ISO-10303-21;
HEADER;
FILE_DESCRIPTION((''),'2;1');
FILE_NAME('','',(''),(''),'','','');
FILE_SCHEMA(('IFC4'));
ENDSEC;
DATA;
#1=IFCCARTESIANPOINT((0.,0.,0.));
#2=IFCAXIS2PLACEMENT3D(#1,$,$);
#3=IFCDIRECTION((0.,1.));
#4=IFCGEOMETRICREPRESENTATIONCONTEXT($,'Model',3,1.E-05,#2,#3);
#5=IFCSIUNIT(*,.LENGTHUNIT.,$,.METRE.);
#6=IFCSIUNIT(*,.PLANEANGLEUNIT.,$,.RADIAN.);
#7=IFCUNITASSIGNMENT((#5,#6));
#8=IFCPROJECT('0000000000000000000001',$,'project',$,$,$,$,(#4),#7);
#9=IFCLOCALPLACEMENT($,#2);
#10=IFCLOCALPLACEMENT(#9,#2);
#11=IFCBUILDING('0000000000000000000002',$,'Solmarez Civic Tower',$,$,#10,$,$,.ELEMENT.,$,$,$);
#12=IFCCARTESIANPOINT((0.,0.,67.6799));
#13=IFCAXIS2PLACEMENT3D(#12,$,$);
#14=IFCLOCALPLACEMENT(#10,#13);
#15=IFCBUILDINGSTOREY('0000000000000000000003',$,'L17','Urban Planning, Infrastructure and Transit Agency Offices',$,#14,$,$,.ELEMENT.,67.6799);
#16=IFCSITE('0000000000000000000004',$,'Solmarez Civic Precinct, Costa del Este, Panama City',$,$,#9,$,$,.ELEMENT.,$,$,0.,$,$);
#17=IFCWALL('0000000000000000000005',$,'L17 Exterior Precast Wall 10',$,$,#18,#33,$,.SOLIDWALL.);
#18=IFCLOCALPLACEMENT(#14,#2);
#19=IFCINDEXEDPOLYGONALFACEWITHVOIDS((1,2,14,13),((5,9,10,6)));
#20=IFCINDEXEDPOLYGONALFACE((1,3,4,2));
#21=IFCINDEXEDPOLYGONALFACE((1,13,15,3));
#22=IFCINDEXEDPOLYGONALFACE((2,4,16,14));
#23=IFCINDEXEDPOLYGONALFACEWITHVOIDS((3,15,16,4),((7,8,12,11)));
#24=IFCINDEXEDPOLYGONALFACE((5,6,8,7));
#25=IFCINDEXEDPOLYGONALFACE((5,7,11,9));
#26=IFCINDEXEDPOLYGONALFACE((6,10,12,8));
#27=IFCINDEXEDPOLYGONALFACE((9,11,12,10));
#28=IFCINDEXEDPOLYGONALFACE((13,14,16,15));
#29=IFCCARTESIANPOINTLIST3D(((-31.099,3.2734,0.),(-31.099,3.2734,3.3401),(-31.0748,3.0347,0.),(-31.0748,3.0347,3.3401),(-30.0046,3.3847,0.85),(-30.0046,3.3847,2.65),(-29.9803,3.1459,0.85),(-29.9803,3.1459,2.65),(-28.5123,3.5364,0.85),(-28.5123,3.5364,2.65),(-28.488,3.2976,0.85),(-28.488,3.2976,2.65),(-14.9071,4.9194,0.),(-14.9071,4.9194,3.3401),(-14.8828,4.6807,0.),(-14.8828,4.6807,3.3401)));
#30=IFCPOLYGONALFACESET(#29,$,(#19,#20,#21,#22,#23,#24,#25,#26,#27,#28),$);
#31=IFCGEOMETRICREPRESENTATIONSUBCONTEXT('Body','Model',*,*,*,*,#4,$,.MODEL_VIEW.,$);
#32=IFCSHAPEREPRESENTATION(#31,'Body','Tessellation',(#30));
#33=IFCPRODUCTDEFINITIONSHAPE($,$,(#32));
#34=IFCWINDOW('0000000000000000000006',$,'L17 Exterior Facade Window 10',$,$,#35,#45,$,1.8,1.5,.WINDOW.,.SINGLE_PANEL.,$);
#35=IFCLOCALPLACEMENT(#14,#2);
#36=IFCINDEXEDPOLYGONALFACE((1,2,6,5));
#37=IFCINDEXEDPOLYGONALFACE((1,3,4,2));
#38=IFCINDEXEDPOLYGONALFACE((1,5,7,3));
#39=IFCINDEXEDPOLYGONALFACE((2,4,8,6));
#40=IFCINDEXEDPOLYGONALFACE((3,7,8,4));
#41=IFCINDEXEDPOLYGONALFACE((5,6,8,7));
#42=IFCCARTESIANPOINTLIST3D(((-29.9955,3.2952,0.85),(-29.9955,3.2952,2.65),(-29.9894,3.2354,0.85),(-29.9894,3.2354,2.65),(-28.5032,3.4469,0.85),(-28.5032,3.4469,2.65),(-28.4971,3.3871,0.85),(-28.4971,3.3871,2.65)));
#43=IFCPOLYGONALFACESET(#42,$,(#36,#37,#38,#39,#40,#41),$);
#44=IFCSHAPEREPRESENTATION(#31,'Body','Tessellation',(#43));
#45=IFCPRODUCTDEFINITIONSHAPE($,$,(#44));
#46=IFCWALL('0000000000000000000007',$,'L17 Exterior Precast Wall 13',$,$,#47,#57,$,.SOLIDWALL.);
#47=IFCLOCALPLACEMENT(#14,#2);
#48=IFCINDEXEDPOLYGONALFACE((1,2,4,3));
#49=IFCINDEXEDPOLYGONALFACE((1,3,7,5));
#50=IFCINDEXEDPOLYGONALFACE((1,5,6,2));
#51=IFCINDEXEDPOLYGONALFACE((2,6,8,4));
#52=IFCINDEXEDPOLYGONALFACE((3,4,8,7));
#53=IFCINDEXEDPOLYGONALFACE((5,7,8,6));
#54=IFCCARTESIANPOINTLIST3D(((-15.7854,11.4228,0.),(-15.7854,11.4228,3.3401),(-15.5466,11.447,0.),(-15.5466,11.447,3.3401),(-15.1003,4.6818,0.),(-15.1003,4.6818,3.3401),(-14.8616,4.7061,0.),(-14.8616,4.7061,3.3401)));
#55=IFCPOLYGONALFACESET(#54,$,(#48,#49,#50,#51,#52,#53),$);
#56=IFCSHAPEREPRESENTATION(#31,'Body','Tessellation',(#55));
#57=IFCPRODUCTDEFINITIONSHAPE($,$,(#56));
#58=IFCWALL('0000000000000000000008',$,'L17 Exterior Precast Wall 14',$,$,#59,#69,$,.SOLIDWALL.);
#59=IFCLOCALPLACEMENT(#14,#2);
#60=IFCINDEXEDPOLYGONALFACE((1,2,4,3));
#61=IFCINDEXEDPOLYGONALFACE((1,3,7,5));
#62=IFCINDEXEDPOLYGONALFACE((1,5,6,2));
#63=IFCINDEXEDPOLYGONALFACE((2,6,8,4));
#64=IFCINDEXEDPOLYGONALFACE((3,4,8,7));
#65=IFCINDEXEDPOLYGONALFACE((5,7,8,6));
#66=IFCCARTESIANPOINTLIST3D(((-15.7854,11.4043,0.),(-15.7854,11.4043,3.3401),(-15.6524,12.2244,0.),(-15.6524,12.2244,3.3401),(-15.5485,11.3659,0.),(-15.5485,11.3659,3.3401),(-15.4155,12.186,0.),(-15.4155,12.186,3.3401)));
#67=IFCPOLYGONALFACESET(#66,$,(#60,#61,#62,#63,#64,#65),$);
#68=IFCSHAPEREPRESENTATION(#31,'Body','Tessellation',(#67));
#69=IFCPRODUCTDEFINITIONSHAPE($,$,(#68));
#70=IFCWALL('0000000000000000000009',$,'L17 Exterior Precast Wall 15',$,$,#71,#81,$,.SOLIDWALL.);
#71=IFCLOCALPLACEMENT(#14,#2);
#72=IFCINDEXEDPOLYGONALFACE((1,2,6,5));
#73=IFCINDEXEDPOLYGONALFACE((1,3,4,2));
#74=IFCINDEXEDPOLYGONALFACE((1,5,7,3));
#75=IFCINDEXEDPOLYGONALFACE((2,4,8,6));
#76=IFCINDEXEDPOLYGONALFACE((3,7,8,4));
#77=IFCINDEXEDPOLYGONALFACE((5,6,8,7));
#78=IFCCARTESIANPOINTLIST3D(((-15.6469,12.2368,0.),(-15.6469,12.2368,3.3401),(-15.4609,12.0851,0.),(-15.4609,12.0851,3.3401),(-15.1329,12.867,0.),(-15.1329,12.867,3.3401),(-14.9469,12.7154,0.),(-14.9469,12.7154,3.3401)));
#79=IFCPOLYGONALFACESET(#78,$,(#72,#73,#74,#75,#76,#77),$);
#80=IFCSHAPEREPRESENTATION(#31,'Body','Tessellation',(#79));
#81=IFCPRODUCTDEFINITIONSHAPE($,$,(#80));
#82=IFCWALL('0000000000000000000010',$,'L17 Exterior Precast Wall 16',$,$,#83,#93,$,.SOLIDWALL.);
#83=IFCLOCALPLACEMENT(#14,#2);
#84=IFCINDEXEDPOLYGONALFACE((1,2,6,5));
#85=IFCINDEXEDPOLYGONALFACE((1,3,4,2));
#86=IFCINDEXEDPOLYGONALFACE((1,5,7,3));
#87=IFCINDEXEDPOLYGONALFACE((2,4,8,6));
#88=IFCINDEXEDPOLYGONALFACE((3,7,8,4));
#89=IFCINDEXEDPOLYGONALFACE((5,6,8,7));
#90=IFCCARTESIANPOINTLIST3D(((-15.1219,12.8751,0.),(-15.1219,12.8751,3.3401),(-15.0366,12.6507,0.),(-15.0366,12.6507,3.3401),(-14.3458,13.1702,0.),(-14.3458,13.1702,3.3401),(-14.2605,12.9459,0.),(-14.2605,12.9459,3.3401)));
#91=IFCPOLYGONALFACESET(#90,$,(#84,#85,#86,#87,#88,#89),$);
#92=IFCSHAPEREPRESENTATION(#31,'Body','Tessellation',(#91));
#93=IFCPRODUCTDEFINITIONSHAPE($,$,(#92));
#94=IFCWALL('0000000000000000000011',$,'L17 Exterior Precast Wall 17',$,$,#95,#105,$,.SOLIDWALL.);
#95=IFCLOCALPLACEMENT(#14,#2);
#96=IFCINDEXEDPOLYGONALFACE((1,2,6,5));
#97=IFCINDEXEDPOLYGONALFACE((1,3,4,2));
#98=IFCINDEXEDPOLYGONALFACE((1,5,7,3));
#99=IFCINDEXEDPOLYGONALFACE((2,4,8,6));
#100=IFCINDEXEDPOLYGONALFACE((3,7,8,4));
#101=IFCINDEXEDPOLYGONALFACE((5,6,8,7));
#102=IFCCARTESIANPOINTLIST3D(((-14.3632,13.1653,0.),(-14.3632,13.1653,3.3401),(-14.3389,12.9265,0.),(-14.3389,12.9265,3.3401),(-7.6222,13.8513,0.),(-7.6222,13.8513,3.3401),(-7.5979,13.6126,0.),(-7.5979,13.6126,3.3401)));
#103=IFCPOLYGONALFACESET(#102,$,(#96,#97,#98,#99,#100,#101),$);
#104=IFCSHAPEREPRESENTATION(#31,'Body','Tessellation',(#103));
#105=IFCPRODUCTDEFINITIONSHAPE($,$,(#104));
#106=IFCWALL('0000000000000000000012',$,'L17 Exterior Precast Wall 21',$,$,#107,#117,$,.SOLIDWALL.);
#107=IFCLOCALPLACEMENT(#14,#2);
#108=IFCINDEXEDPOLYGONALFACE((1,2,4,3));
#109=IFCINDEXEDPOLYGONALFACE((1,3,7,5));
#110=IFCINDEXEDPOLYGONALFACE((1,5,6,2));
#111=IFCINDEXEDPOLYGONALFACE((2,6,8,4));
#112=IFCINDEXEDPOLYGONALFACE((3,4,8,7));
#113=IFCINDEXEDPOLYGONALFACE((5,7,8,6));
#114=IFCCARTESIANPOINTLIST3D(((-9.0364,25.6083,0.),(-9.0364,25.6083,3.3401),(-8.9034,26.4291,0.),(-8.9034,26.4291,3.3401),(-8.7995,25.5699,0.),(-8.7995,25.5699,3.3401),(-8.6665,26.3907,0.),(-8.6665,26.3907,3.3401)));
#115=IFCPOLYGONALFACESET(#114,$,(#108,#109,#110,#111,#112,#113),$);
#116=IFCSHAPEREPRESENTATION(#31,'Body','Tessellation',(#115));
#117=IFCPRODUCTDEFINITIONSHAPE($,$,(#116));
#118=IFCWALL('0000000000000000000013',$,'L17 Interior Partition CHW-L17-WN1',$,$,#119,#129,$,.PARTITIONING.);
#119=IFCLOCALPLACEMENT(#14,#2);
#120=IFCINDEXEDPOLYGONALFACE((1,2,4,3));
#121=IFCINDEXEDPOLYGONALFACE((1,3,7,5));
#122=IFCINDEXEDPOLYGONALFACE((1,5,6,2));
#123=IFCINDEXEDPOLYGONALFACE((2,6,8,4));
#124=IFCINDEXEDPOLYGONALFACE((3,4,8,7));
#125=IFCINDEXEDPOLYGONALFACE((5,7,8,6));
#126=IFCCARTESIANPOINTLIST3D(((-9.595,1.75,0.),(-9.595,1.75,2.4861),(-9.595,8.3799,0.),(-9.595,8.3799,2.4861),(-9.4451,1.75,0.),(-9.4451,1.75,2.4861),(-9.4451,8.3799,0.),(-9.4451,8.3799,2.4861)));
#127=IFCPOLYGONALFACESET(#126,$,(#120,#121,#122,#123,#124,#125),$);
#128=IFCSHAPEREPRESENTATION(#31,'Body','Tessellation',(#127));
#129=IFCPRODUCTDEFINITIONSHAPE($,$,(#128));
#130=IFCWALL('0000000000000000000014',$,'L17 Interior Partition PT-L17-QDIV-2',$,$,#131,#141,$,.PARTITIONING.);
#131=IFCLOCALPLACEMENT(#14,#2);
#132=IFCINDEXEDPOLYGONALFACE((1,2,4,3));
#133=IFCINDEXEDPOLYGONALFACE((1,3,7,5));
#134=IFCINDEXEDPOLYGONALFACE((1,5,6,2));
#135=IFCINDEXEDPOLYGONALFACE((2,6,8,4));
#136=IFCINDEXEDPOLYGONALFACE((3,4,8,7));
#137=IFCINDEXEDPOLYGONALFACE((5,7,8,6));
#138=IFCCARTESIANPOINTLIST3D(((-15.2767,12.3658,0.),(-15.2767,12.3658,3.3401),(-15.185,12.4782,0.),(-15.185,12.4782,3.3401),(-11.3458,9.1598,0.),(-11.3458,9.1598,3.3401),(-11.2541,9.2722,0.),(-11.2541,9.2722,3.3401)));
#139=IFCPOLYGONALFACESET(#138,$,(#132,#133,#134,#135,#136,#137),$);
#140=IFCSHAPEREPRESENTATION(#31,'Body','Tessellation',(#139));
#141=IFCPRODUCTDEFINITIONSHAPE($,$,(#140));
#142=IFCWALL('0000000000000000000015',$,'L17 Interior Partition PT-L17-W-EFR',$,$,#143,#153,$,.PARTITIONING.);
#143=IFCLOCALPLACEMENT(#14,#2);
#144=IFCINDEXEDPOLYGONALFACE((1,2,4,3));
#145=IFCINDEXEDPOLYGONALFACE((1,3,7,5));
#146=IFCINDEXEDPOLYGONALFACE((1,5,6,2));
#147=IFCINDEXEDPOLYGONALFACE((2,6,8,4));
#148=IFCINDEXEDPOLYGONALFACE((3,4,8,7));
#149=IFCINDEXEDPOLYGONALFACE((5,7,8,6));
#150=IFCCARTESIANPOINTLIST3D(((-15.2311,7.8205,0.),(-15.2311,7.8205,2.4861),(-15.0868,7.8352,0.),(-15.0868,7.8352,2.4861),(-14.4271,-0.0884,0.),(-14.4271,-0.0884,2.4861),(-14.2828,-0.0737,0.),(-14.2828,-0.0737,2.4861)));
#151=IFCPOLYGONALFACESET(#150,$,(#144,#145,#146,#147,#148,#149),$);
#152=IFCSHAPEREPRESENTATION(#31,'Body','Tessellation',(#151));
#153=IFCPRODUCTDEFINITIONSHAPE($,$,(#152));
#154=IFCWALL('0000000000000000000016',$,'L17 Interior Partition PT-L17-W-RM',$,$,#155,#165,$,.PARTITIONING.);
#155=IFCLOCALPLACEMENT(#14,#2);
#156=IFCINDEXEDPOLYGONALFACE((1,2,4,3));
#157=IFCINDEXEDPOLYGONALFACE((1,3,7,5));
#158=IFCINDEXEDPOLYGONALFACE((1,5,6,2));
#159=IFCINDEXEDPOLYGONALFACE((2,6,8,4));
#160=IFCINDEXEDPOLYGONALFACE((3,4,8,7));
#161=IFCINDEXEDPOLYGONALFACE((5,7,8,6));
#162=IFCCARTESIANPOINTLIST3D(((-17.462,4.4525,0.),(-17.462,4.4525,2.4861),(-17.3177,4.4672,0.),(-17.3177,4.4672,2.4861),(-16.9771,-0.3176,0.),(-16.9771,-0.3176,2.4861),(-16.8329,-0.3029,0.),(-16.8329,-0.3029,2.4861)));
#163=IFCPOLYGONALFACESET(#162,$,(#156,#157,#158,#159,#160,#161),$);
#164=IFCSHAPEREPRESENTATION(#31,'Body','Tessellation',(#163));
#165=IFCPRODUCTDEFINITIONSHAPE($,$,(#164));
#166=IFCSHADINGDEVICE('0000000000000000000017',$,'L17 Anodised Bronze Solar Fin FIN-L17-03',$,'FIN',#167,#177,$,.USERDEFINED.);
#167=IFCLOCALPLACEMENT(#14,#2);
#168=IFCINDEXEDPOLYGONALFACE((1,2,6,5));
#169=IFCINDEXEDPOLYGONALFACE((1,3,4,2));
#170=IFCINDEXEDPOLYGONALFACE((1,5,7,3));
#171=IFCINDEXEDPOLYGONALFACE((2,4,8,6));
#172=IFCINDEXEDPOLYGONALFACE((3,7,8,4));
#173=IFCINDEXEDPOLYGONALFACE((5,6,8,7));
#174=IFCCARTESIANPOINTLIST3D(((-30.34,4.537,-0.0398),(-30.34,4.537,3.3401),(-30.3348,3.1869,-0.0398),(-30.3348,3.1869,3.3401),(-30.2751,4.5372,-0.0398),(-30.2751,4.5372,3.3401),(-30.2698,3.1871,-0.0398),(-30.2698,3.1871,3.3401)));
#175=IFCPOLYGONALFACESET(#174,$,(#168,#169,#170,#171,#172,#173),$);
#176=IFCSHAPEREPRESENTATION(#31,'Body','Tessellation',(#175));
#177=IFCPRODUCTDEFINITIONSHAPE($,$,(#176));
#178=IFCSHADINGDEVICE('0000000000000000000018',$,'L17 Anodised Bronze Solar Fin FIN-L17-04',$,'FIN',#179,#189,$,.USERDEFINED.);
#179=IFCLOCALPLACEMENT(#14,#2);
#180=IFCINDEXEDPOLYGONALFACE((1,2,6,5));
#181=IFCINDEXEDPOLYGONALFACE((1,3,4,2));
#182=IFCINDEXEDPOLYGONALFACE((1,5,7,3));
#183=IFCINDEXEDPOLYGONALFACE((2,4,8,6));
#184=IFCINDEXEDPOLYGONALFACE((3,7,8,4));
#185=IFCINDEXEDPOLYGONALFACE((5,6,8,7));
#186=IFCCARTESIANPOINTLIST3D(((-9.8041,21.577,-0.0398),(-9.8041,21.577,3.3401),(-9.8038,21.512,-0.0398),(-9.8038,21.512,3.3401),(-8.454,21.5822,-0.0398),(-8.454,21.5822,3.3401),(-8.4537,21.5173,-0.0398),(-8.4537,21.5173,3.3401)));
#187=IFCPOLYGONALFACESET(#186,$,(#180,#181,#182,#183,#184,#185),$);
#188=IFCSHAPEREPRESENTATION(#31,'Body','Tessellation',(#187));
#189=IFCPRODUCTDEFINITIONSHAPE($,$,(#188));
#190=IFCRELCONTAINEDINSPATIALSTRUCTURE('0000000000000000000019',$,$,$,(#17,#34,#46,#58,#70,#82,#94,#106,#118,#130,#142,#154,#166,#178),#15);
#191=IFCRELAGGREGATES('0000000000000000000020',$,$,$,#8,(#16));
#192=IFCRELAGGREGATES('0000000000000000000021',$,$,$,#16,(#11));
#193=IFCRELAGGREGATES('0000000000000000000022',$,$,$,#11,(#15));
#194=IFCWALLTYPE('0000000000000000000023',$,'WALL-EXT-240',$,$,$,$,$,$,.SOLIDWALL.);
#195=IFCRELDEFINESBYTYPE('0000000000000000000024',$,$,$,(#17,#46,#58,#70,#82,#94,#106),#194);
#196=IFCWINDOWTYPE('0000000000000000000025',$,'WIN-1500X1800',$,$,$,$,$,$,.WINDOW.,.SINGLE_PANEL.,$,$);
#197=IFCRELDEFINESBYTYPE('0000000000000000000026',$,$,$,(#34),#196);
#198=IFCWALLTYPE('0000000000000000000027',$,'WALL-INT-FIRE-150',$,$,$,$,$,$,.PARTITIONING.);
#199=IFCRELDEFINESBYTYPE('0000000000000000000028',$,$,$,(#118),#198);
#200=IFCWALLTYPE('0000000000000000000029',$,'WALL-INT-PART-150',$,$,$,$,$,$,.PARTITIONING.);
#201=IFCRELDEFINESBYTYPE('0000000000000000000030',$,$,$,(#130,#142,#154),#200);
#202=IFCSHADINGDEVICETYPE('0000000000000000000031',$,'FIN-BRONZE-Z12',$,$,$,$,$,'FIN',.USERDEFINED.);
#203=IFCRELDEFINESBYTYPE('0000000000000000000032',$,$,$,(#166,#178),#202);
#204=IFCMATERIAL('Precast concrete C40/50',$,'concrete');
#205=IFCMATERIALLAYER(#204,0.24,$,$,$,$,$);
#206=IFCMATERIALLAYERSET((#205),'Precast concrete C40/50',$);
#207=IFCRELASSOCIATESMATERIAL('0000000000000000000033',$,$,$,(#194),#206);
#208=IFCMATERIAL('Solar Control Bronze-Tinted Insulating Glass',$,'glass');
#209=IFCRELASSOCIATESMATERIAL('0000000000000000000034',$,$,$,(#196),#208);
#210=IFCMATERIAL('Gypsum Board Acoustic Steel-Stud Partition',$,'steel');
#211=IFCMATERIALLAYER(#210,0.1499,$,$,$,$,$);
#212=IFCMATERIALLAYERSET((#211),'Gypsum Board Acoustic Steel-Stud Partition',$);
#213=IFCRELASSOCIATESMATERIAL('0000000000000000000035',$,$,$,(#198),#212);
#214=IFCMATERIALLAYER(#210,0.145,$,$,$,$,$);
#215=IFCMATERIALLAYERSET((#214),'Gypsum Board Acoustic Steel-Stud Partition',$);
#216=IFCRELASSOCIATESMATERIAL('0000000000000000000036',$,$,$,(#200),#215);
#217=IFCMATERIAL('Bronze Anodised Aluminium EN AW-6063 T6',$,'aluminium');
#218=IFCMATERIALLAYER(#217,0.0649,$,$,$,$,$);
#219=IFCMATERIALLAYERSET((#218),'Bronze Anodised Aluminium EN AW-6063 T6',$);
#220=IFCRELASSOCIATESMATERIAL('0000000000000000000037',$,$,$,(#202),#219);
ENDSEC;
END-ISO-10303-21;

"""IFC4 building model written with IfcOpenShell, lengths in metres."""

from ifc_helpers import new_model, si_unit, direction, frame, frame_2d, origin, origin_2d, place, context, subcontext, project, spatial, rectangle, extrude, material, layer, layer_set, type_object, element, fill, save


model = new_model("IFC4")

# Units and contexts
model_context = context("Model", 3, precision=1e-05, world=origin(), true_north=direction((0.0, 1.0)))
body_context = subcontext(model_context, "Body", "Model", "MODEL_VIEW")
ifc_project = project(units=[si_unit("LENGTHUNIT", "METRE"), si_unit("PLANEANGLEUNIT", "RADIAN")], contexts=[model_context])

# Site, building, storey
site_placement = place(None, origin())
site = spatial("IfcSite", under=ifc_project, at=site_placement, Name="Solmarez Civic Precinct, Costa del Este, Panama City", CompositionType="ELEMENT", RefElevation=0.0)
building_placement = place(site_placement, origin())
building = spatial("IfcBuilding", under=site, at=building_placement, Name="Solmarez Civic Tower", CompositionType="ELEMENT")
storey_placement = place(building_placement, frame((0.0, 0.0, 67.6799)))
storey = spatial("IfcBuildingStorey", under=building, at=storey_placement, Name="L17", Description="Urban Planning, Infrastructure and Transit Agency Offices", CompositionType="ELEMENT", Elevation=67.6799)

# Shared definitions
ifc_material_1 = material(Name="Bronze Anodised Aluminium EN AW-6063 T6", Category="aluminium")

# Shared definitions
ifc_material_2 = material(Name="Precast concrete C40/50", Category="concrete")
ifc_layer_1 = layer(ifc_material_2, 0.24)
ifc_layer_set_1 = layer_set([ifc_layer_1], Name="Precast concrete C40/50")
wall_type_1 = type_object("IfcWallType", Name="WALL-EXT-240", PredefinedType="SOLIDWALL", material=ifc_layer_set_1)

# Wall, opening, window
wall_1_placement = place(storey_placement, frame((-31.0869, 3.1541, 0.0), z_axis=(0.0, 0.0, 1.0), x_axis=(0.994873, 0.101134, 0.0)))
wall_1 = element("IfcWall", 1, at=wall_1_placement, inside=storey, type_object=wall_type_1, Name="L17 Exterior Precast Wall 10", PredefinedType="SOLIDWALL", context=body_context, shape_type="SweptSolid", body=[
    extrude(rectangle(XDim=16.2754, YDim=0.24, at=frame_2d((8.1377, 0.0))), origin(), (0.0, 0.0, 1.0), 3.3401),
])
opening_placement = place(wall_1_placement, frame((1.1001, 0.0, 0.8501)))
opening = element("IfcOpeningElement", 2, at=opening_placement, cuts=wall_1, PredefinedType="OPENING", context=body_context, shape_type="SweptSolid", body=[
    extrude(rectangle(XDim=1.5, YDim=1.8, at=frame_2d((0.75, 0.8999))), frame((0.0, 0.1299, 0.0), z_axis=(0.0, -1.0, 0.0), x_axis=(1.0, 0.0, 0.0)), (0.0, 0.0, 1.0), 0.26),
])
ifc_material_3 = material(Name="Solar Control Bronze-Tinted Insulating Glass", Category="glass")
window_type = type_object("IfcWindowType", Name="WIN-1500X1800", PartitioningType="SINGLE_PANEL", PredefinedType="WINDOW", material=ifc_material_3)
window_placement = place(opening_placement, origin())
window = element("IfcWindow", 3, at=window_placement, inside=storey, type_object=window_type, Name="L17 Exterior Facade Window 10", OverallHeight=1.8, OverallWidth=1.5, PartitioningType="SINGLE_PANEL", PredefinedType="WINDOW", context=body_context, shape_type="SweptSolid", body=[
    extrude(rectangle(XDim=1.5, YDim=1.8, at=frame_2d((0.75, 0.8999))), frame((0.0, 0.03, 0.0), z_axis=(0.0, -1.0, 0.0), x_axis=(1.0, 0.0, 0.0)), (0.0, 0.0, 1.0), 0.0601),
])
fill(opening, window)

# Walls
wall_2_placement = place(storey_placement, frame((-14.981, 4.6941, 0.0), z_axis=(0.0, 0.0, 1.0), x_axis=(-0.101105, 0.994876, 0.0)))
element("IfcWall", 4, at=wall_2_placement, inside=storey, type_object=wall_type_1, Name="L17 Exterior Precast Wall 13", PredefinedType="SOLIDWALL", context=body_context, shape_type="SweptSolid", body=[
    extrude(rectangle(XDim=6.7756, YDim=0.24, at=frame_2d((3.3877, 0.0))), origin(), (0.0, 0.0, 1.0), 3.3401),
])
wall_3_placement = place(storey_placement, frame((-15.667, 11.385, 0.0), z_axis=(0.0, 0.0, 1.0), x_axis=(0.160156, 0.987092, 0.0)))
element("IfcWall", 5, at=wall_3_placement, inside=storey, type_object=wall_type_1, Name="L17 Exterior Precast Wall 14", PredefinedType="SOLIDWALL", context=body_context, shape_type="SweptSolid", body=[
    extrude(rectangle(XDim=0.8308, YDim=0.24, at=frame_2d((0.4155, 0.0))), origin(), (0.0, 0.0, 1.0), 3.3401),
])
wall_4_placement = place(storey_placement, frame((-15.554, 12.1609, 0.0), z_axis=(0.0, 0.0, 1.0), x_axis=(0.632027, 0.774946, 0.0)))
element("IfcWall", 6, at=wall_4_placement, inside=storey, type_object=wall_type_1, Name="L17 Exterior Precast Wall 15", PredefinedType="SOLIDWALL", context=body_context, shape_type="SweptSolid", body=[
    extrude(rectangle(XDim=0.8132, YDim=0.24, at=frame_2d((0.4067, 0.0))), origin(), (0.0, 0.0, 1.0), 3.3401),
])
wall_5_placement = place(storey_placement, frame((-15.0791, 12.7629, 0.0), z_axis=(0.0, 0.0, 1.0), x_axis=(0.934688, 0.35547, 0.0)))
element("IfcWall", 7, at=wall_5_placement, inside=storey, type_object=wall_type_1, Name="L17 Exterior Precast Wall 16", PredefinedType="SOLIDWALL", context=body_context, shape_type="SweptSolid", body=[
    extrude(rectangle(XDim=0.8303, YDim=0.24, at=frame_2d((0.415, 0.0))), origin(), (0.0, 0.0, 1.0), 3.3401),
])
wall_6_placement = place(storey_placement, frame((-14.3511, 13.0459, 0.0), z_axis=(0.0, 0.0, 1.0), x_axis=(0.994861, 0.101248, 0.0)))
element("IfcWall", 8, at=wall_6_placement, inside=storey, type_object=wall_type_1, Name="L17 Exterior Precast Wall 17", PredefinedType="SOLIDWALL", context=body_context, shape_type="SweptSolid", body=[
    extrude(rectangle(XDim=6.7759, YDim=0.24, at=frame_2d((3.3879, 0.0))), origin(), (0.0, 0.0, 1.0), 3.3401),
])
wall_7_placement = place(storey_placement, frame((-8.918, 25.5891, 0.0), z_axis=(0.0, 0.0, 1.0), x_axis=(0.160017, 0.987114, 0.0)))
element("IfcWall", 9, at=wall_7_placement, inside=storey, type_object=wall_type_1, Name="L17 Exterior Precast Wall 21", PredefinedType="SOLIDWALL", context=body_context, shape_type="SweptSolid", body=[
    extrude(rectangle(XDim=0.8315, YDim=0.24, at=frame_2d((0.4158, 0.0))), origin(), (0.0, 0.0, 1.0), 3.3401),
])
ifc_material_4 = material(Name="Gypsum Board Acoustic Steel-Stud Partition", Category="steel")
ifc_layer_2 = layer(ifc_material_4, 0.1499)
ifc_layer_set_2 = layer_set([ifc_layer_2], Name="Gypsum Board Acoustic Steel-Stud Partition")
wall_type_2 = type_object("IfcWallType", Name="WALL-INT-FIRE-150", PredefinedType="PARTITIONING", material=ifc_layer_set_2)
wall_8_placement = place(storey_placement, frame((-9.52, 1.75, 0.0), z_axis=(0.0, 0.0, 1.0), x_axis=(0.0, 1.0, 0.0)))
element("IfcWall", 10, at=wall_8_placement, inside=storey, type_object=wall_type_2, Name="L17 Interior Partition CHW-L17-WN1", PredefinedType="PARTITIONING", context=body_context, shape_type="SweptSolid", body=[
    extrude(rectangle(XDim=6.6299, YDim=0.1499, at=frame_2d((3.3149, 0.0))), origin(), (0.0, 0.0, 1.0), 2.4861),
])
ifc_layer_3 = layer(ifc_material_4, 0.145)
ifc_layer_set_3 = layer_set([ifc_layer_3], Name="Gypsum Board Acoustic Steel-Stud Partition")
wall_type_3 = type_object("IfcWallType", Name="WALL-INT-PART-150", PredefinedType="PARTITIONING", material=ifc_layer_set_3)
wall_9_placement = place(storey_placement, frame((-11.3, 9.2161, 0.0), z_axis=(0.0, 0.0, 1.0), x_axis=(-0.774936, 0.632039, 0.0)))
element("IfcWall", 11, at=wall_9_placement, inside=storey, type_object=wall_type_3, Name="L17 Interior Partition PT-L17-QDIV-2", PredefinedType="PARTITIONING", context=body_context, shape_type="SweptSolid", body=[
    extrude(rectangle(XDim=5.0725, YDim=0.145, at=frame_2d((2.5361, 0.0))), origin(), (0.0, 0.0, 1.0), 3.3401),
])
wall_10_placement = place(storey_placement, frame((-15.1589, 7.8279, 0.0), z_axis=(0.0, 0.0, 1.0), x_axis=(0.10113, -0.994873, 0.0)))
element("IfcWall", 12, at=wall_10_placement, inside=storey, type_object=wall_type_3, Name="L17 Interior Partition PT-L17-W-EFR", PredefinedType="PARTITIONING", context=body_context, shape_type="SweptSolid", body=[
    extrude(rectangle(XDim=7.9497, YDim=0.145, at=frame_2d((3.9749, 0.0))), origin(), (0.0, 0.0, 1.0), 2.4861),
])
wall_11_placement = place(storey_placement, frame((-17.3899, 4.46, 0.0), z_axis=(0.0, 0.0, 1.0), x_axis=(0.101127, -0.994874, 0.0)))
element("IfcWall", 13, at=wall_11_placement, inside=storey, type_object=wall_type_3, Name="L17 Interior Partition PT-L17-W-RM", PredefinedType="PARTITIONING", context=body_context, shape_type="SweptSolid", body=[
    extrude(rectangle(XDim=4.7947, YDim=0.145, at=frame_2d((2.3975, 0.0))), origin(), (0.0, 0.0, 1.0), 2.4861),
])

# Shading devices
ifc_layer_4 = layer(ifc_material_1, 0.0649)
ifc_layer_set_4 = layer_set([ifc_layer_4], Name="Bronze Anodised Aluminium EN AW-6063 T6")
shading_device_type = type_object("IfcShadingDeviceType", Name="FIN-BRONZE-Z12", ElementType="FIN", PredefinedType="USERDEFINED", material=ifc_layer_set_4)
for number, where, z_axis, x_axis, name in (
    (14, (-30.3049, 3.8621, -0.0398), (0.0, 0.0, 1.0), (-0.003892, 0.999992, 0.0), "L17 Anodised Bronze Solar Fin FIN-L17-03"),
    (15, (-9.1289, 21.5471, -0.0398), (0.0, 0.0, 1.0), (-0.999993, -0.003857, 0.0), "L17 Anodised Bronze Solar Fin FIN-L17-04"),
):
    element("IfcShadingDevice", number, at=place(storey_placement, frame(where, z_axis=z_axis, x_axis=x_axis)), inside=storey, type_object=shading_device_type, Name=name, ObjectType="FIN", PredefinedType="USERDEFINED", context=body_context, shape_type="SweptSolid", body=[
        extrude(rectangle(XDim=1.3501, YDim=0.0649, at=origin_2d()), origin(), (0.0, 0.0, 1.0), 3.3799),
    ])

save(model, "model.ifc")
